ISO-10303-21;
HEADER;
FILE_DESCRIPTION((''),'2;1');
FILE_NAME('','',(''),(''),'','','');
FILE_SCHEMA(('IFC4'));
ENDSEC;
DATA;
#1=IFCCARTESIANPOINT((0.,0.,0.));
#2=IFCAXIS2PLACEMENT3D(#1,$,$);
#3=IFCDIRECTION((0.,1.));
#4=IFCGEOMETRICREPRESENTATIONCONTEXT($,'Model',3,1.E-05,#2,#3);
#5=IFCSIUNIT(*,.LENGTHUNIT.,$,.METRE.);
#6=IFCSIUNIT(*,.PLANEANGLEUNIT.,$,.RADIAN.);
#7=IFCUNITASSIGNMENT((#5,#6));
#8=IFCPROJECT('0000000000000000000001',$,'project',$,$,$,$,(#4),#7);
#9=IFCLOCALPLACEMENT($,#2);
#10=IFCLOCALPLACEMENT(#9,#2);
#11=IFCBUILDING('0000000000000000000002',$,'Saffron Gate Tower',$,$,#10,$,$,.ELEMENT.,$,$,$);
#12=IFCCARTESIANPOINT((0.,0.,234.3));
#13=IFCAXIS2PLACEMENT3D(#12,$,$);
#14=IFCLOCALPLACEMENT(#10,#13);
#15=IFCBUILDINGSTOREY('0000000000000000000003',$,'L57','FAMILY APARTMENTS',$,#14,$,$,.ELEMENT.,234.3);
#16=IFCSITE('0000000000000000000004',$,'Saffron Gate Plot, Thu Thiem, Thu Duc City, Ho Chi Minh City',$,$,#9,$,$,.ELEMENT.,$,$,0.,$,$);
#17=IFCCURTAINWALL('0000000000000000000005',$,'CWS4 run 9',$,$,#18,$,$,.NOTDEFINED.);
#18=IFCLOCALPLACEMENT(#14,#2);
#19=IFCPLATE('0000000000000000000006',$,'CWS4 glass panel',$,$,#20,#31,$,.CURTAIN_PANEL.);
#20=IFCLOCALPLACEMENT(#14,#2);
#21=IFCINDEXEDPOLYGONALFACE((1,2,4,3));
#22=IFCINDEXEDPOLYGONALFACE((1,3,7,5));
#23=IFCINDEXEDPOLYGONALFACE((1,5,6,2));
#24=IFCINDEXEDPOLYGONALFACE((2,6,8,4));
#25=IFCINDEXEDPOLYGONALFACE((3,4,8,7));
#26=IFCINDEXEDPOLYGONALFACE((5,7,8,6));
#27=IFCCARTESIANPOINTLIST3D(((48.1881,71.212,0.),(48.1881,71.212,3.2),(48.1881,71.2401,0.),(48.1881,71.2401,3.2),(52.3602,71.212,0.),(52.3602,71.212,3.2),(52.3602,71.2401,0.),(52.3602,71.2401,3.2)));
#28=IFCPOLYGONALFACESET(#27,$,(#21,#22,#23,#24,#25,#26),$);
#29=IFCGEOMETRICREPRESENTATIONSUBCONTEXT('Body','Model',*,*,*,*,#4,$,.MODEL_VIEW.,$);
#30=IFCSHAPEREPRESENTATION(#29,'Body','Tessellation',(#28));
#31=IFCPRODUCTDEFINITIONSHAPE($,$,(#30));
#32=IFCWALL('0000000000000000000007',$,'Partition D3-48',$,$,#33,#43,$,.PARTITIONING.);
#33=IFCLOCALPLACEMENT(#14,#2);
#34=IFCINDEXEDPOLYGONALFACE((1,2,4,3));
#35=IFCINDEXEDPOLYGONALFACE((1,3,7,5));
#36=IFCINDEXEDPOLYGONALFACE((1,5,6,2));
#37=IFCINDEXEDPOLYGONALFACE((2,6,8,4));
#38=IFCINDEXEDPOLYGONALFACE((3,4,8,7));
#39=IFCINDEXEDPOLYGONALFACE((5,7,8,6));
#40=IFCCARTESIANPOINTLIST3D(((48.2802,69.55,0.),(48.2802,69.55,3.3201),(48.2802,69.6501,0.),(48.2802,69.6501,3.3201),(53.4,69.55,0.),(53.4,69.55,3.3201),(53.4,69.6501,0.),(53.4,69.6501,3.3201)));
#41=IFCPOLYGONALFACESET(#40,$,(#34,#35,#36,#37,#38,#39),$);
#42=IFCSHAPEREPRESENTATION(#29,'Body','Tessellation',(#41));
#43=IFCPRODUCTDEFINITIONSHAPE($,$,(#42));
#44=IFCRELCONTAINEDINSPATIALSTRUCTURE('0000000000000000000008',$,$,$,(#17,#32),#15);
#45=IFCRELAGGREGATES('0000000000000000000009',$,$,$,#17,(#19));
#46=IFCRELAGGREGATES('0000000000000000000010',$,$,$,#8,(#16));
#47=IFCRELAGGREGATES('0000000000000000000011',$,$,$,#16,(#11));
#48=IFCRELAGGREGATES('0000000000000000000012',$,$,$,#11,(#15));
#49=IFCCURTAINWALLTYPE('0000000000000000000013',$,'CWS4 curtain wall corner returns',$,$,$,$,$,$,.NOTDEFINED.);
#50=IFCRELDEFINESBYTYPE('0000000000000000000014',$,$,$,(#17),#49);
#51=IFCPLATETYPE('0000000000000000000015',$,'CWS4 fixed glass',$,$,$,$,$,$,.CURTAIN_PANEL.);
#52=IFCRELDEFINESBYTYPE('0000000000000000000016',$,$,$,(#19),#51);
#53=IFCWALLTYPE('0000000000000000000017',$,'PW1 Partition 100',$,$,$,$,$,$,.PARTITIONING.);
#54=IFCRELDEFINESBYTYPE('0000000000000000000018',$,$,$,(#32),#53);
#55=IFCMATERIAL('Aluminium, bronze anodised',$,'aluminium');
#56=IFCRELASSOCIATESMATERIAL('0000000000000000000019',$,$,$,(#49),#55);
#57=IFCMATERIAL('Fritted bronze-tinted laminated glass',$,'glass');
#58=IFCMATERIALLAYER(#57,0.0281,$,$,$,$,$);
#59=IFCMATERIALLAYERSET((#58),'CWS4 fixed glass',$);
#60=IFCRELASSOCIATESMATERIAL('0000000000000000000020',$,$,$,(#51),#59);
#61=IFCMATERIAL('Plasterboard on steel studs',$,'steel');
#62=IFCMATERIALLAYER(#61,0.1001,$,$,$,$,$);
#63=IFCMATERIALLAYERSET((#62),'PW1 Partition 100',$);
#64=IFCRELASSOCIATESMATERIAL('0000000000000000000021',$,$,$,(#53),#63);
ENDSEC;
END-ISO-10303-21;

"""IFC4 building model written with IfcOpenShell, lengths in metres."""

from ifc_helpers import new_model, si_unit, direction, frame, frame_2d, origin, place, context, subcontext, project, spatial, rectangle, extrude, material, layer, layer_set, type_object, element, aggregate, save


model = new_model("IFC4")

# Units and contexts
model_context = context("Model", 3, precision=1e-05, world=origin(), true_north=direction((0.0, 1.0)))
body_context = subcontext(model_context, "Body", "Model", "MODEL_VIEW")
ifc_project = project(units=[si_unit("LENGTHUNIT", "METRE"), si_unit("PLANEANGLEUNIT", "RADIAN")], contexts=[model_context])

# Site, building, storey
site_placement = place(None, origin())
site = spatial("IfcSite", under=ifc_project, at=site_placement, Name="Saffron Gate Plot, Thu Thiem, Thu Duc City, Ho Chi Minh City", CompositionType="ELEMENT", RefElevation=0.0)
building_placement = place(site_placement, origin())
building = spatial("IfcBuilding", under=site, at=building_placement, Name="Saffron Gate Tower", CompositionType="ELEMENT")
storey_placement = place(building_placement, frame((0.0, 0.0, 234.3)))
storey = spatial("IfcBuildingStorey", under=building, at=storey_placement, Name="L57", Description="FAMILY APARTMENTS", CompositionType="ELEMENT", Elevation=234.3)

# Shared definitions
ifc_material_1 = material(Name="Aluminium, bronze anodised", Category="aluminium")

# Curtain wall
curtain_wall_type_1 = type_object("IfcCurtainWallType", Name="CWS4 curtain wall corner returns", PredefinedType="NOTDEFINED", material=ifc_material_1)
curtain_wall_1_placement = place(storey_placement, origin())
curtain_wall_1 = element("IfcCurtainWall", 1, at=curtain_wall_1_placement, inside=storey, type_object=curtain_wall_type_1, Name="CWS4 run 9", PredefinedType="NOTDEFINED")

# Shared definitions
ifc_material_2 = material(Name="Fritted bronze-tinted laminated glass", Category="glass")

# Plate
ifc_layer_1 = layer(ifc_material_2, 0.0281)
ifc_layer_set_1 = layer_set([ifc_layer_1], Name="CWS4 fixed glass")
plate_type_1 = type_object("IfcPlateType", Name="CWS4 fixed glass", PredefinedType="CURTAIN_PANEL", material=ifc_layer_set_1)
plate_1_placement = place(storey_placement, frame((52.3601, 71.2261, 0.0), z_axis=(0.0, 0.0, 1.0), x_axis=(-1.0, 0.0, 0.0)))
plate_1 = element("IfcPlate", 2, at=plate_1_placement, type_object=plate_type_1, Name="CWS4 glass panel", PredefinedType="CURTAIN_PANEL", context=body_context, shape_type="SweptSolid", body=[
    extrude(rectangle(XDim=4.1721, YDim=0.0281, at=frame_2d((2.0859, 0.0))), origin(), (0.0, 0.0, 1.0), 3.2),
])
aggregate(curtain_wall_1, [plate_1])

# Wall
ifc_material_3 = material(Name="Plasterboard on steel studs", Category="steel")
ifc_layer_2 = layer(ifc_material_3, 0.1001)
ifc_layer_set_2 = layer_set([ifc_layer_2], Name="PW1 Partition 100")
wall_type = type_object("IfcWallType", Name="PW1 Partition 100", PredefinedType="PARTITIONING", material=ifc_layer_set_2)
wall_placement = place(storey_placement, frame((48.28, 69.6001, 0.0), z_axis=(0.0, 0.0, 1.0), x_axis=(1.0, 0.0, 0.0)))
element("IfcWall", 3, at=wall_placement, inside=storey, type_object=wall_type, Name="Partition D3-48", PredefinedType="PARTITIONING", context=body_context, shape_type="SweptSolid", body=[
    extrude(rectangle(XDim=5.1199, YDim=0.1001, at=frame_2d((2.5601, 0.0))), origin(), (0.0, 0.0, 1.0), 3.3201),
])

save(model, "model.ifc")
